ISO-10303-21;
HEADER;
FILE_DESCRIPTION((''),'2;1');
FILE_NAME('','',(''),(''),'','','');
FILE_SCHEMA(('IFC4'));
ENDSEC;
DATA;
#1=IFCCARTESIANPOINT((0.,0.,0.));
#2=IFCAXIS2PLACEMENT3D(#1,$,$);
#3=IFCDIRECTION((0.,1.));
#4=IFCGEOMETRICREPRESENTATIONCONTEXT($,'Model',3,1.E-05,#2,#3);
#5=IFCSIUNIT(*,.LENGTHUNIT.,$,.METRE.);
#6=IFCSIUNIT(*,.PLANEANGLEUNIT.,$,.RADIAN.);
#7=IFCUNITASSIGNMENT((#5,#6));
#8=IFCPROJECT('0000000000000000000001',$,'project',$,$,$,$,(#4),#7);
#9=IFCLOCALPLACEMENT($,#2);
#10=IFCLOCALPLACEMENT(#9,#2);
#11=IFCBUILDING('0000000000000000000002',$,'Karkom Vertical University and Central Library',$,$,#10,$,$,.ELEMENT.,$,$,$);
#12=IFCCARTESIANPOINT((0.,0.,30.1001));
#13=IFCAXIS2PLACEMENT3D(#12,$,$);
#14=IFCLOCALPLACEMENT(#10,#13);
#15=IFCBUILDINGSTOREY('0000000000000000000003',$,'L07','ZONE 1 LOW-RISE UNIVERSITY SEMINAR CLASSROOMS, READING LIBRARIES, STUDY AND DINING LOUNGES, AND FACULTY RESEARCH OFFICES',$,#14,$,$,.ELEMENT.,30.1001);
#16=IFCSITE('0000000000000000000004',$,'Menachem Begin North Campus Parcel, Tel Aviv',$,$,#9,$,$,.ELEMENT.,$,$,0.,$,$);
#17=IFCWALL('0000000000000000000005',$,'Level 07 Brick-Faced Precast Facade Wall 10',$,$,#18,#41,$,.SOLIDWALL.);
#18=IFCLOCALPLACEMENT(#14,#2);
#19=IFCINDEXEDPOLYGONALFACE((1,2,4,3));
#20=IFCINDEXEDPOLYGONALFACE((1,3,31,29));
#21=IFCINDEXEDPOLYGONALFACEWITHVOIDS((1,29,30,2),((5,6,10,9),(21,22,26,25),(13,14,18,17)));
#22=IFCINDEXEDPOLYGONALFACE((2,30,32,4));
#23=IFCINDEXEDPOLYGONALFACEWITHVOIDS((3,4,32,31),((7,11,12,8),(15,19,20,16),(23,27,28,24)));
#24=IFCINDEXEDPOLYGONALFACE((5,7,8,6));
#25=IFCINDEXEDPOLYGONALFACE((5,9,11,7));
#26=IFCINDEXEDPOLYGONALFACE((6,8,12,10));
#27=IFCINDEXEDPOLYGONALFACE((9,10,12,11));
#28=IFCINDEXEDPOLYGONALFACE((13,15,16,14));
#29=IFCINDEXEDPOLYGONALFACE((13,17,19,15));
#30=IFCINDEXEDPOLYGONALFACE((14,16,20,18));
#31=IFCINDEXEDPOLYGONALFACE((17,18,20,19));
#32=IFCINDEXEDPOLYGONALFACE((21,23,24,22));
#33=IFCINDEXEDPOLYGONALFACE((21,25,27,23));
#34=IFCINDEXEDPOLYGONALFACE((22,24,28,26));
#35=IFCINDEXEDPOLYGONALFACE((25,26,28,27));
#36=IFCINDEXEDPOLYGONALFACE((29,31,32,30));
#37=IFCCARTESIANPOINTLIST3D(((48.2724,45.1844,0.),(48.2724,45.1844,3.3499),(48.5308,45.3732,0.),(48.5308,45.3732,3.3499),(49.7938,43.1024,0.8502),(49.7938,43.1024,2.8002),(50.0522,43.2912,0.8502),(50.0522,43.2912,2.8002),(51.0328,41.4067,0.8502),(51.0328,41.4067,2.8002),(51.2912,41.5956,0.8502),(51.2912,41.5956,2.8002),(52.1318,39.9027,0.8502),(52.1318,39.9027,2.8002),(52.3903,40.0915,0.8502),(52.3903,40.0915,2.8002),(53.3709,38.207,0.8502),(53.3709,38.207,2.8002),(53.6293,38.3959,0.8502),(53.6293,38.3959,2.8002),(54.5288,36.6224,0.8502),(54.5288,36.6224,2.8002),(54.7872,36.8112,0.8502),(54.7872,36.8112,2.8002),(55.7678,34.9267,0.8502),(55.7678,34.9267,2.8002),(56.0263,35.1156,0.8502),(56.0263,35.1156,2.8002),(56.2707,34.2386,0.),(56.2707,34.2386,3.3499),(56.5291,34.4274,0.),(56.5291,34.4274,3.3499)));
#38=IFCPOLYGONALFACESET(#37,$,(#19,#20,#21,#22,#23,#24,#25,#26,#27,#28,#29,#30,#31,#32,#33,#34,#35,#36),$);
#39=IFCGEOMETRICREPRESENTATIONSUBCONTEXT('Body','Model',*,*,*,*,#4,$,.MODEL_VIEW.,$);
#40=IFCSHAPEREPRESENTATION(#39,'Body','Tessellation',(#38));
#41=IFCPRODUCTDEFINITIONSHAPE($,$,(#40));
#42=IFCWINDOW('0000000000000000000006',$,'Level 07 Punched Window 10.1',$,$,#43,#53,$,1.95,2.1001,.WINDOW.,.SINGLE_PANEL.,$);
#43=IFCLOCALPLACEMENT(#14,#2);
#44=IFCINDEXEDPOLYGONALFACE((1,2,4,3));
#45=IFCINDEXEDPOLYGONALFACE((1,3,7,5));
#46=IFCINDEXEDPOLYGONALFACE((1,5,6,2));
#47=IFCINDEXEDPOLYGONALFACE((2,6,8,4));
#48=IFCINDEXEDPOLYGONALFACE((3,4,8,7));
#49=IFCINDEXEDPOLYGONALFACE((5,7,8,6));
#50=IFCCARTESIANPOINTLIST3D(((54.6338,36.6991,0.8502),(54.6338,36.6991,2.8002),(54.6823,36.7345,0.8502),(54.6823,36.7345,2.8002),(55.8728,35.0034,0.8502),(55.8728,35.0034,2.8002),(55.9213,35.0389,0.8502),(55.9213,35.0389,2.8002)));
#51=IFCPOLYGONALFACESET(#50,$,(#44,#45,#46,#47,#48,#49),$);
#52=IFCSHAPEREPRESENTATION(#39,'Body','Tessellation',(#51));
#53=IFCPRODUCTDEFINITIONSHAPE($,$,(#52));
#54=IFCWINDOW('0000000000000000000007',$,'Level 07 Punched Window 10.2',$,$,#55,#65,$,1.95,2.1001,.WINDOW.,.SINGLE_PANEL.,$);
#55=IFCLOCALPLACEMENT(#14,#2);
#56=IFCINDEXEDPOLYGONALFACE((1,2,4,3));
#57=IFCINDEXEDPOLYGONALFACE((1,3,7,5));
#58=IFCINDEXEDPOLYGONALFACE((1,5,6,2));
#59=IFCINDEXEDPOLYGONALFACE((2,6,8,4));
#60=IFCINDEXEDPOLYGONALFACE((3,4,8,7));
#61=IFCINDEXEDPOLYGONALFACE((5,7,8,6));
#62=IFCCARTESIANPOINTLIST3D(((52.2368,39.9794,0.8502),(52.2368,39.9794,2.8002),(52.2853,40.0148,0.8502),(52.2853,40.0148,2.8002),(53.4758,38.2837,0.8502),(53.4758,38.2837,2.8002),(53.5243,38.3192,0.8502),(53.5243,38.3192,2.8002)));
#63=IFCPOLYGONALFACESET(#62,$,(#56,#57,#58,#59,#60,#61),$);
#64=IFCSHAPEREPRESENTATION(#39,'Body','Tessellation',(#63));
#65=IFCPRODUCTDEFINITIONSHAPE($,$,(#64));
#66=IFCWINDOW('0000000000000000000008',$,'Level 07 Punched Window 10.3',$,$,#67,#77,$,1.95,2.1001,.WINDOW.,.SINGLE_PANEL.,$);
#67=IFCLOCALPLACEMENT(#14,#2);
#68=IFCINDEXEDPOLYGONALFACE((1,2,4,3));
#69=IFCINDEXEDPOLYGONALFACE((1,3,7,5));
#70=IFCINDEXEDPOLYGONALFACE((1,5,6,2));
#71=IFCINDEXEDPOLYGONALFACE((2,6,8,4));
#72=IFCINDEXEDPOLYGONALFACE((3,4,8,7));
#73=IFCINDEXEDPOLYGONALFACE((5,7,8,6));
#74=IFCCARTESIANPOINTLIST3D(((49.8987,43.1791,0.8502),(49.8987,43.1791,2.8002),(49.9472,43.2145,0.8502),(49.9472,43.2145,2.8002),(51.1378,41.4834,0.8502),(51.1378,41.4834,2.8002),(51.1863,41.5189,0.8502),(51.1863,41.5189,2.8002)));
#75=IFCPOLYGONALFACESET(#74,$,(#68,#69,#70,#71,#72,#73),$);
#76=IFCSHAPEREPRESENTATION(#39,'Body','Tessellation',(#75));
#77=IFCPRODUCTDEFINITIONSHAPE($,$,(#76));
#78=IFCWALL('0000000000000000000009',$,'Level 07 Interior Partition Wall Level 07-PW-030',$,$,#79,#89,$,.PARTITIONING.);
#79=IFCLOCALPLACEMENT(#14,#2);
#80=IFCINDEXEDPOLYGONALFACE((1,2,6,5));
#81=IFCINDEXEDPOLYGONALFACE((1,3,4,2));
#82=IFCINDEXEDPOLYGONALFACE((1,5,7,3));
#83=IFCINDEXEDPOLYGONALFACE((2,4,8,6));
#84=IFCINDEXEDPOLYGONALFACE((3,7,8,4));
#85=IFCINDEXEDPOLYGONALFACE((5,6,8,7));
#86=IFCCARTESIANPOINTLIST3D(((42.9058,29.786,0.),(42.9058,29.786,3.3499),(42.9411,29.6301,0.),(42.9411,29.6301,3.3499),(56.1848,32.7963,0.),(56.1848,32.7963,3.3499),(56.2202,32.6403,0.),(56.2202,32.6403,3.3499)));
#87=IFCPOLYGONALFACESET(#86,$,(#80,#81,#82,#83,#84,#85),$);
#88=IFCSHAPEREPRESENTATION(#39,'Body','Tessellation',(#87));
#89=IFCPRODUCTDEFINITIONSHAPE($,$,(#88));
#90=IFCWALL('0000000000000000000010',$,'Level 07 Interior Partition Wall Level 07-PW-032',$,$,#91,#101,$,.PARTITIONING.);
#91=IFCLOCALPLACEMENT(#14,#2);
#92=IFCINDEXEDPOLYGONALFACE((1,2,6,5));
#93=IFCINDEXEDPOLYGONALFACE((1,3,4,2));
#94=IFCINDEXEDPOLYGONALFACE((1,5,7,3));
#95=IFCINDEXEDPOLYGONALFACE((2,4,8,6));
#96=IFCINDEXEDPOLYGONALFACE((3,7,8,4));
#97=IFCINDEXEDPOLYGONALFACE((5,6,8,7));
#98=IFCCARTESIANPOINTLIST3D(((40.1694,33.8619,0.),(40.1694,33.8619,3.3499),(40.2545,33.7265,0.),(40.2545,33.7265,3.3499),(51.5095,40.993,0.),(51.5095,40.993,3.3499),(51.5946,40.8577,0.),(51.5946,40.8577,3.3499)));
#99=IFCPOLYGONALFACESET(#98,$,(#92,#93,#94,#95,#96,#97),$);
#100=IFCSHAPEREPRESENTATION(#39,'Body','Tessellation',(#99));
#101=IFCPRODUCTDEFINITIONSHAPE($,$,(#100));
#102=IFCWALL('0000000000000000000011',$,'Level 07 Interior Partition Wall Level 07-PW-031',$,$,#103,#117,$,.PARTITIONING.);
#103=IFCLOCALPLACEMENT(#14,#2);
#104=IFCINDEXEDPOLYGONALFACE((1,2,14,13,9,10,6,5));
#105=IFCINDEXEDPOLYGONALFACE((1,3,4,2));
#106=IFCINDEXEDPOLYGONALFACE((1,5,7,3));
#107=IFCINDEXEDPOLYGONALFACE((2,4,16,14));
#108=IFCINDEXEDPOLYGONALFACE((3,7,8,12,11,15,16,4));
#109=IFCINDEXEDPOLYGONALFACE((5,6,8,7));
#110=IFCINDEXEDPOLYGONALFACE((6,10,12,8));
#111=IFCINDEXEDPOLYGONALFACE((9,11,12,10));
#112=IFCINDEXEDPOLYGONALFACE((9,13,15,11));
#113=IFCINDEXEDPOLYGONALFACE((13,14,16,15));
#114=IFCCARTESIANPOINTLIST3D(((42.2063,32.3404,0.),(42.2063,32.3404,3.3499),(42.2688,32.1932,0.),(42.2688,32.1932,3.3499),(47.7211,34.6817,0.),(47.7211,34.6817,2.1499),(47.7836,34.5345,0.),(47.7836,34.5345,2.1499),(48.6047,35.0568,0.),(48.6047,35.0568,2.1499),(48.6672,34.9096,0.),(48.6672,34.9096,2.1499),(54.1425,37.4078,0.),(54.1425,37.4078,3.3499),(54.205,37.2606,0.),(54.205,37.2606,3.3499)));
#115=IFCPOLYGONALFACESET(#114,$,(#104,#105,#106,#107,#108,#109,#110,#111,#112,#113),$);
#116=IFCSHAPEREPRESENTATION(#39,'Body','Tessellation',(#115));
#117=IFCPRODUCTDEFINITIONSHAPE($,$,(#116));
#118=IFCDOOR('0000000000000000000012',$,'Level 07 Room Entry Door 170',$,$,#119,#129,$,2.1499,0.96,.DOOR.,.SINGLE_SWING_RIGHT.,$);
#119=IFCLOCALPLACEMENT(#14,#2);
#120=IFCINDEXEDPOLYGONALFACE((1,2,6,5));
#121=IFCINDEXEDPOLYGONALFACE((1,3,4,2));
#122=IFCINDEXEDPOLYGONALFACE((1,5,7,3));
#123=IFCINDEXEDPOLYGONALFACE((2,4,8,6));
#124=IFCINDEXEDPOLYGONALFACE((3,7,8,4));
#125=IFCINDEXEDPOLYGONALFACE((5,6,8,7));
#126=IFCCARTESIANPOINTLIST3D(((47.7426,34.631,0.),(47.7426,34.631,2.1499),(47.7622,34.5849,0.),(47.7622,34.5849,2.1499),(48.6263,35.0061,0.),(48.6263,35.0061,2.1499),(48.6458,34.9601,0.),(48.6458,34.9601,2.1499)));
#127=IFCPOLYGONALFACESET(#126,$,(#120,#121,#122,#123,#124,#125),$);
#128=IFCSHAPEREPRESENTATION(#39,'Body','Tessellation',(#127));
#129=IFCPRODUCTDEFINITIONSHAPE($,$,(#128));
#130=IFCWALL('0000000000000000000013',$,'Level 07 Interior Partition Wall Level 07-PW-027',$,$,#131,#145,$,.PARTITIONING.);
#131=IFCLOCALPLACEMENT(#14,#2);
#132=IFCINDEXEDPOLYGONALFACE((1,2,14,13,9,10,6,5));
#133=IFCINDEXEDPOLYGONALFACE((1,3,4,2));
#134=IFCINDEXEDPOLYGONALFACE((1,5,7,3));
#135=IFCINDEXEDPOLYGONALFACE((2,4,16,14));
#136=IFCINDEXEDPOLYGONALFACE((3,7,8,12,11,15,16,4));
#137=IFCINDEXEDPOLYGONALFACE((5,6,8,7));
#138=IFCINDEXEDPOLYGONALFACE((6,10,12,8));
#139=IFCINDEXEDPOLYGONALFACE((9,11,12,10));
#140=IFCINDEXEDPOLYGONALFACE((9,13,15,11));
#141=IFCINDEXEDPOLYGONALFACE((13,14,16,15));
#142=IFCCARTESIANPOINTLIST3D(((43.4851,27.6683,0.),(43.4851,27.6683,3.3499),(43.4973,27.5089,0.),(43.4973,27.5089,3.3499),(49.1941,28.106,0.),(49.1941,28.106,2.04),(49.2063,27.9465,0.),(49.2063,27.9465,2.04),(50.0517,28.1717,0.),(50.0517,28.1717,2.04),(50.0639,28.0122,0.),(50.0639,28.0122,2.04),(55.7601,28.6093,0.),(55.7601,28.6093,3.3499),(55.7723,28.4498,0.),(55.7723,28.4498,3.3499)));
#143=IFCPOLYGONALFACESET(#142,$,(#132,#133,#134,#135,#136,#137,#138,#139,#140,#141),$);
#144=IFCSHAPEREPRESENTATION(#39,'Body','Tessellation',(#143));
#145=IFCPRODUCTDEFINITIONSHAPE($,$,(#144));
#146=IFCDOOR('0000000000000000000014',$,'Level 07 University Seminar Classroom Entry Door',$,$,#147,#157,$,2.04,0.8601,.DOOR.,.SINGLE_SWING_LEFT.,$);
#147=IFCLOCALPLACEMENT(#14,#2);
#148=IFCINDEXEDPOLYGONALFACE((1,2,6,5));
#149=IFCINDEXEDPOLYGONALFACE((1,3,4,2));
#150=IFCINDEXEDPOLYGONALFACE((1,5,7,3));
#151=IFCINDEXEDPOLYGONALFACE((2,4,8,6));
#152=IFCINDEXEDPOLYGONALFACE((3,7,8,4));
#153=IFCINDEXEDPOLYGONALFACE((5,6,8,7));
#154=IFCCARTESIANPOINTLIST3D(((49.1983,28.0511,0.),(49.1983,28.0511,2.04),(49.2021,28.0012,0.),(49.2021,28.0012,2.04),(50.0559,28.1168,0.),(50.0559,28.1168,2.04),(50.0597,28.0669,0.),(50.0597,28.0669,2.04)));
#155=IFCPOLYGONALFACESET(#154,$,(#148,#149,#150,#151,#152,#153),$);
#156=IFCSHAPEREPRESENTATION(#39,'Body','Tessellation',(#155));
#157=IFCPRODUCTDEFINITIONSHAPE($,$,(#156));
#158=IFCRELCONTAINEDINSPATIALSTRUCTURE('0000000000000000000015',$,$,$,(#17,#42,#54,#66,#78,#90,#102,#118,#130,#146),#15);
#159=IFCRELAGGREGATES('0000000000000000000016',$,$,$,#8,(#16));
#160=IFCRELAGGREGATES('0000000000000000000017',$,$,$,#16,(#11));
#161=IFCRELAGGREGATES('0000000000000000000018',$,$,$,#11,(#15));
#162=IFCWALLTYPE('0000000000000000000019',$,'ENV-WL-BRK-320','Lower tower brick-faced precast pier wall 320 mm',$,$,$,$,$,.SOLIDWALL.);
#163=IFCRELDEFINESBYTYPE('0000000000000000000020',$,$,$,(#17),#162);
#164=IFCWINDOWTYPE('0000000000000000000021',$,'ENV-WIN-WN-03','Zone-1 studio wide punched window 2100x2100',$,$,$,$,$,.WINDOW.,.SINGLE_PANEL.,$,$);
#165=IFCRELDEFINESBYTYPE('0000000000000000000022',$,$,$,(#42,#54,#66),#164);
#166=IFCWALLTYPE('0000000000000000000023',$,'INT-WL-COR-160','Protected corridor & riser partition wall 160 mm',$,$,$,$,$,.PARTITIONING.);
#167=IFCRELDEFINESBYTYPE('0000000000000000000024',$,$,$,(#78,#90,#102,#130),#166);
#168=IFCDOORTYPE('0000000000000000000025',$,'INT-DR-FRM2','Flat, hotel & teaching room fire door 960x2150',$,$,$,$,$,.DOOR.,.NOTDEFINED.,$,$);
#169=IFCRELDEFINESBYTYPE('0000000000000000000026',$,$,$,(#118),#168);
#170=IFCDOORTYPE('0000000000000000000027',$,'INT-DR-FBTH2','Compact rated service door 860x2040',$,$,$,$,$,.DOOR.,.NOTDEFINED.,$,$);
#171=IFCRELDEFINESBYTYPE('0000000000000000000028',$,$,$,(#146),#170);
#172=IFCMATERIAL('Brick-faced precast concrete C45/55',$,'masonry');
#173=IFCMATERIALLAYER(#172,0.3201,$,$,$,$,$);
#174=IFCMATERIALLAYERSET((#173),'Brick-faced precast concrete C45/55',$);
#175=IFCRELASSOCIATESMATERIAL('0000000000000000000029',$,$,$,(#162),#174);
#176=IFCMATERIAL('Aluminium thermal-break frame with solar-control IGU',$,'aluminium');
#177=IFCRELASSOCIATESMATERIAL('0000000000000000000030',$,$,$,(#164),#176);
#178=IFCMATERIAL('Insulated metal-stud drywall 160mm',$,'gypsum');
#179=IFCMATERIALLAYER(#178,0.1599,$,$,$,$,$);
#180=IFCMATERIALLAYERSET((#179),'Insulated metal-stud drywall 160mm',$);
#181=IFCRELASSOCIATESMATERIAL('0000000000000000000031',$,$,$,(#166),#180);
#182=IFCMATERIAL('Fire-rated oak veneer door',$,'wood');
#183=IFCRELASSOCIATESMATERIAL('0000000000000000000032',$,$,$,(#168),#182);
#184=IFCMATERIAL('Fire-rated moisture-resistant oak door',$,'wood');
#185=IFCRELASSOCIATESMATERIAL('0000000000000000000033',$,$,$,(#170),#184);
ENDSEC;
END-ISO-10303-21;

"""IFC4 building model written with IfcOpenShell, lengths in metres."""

from ifc_helpers import new_model, si_unit, direction, frame, frame_2d, origin, origin_with_axes, place, context, subcontext, project, spatial, rectangle, extrude, source, transform, mapped, material, layer, layer_set, type_object, element, fill, save


model = new_model("IFC4")

# Units and contexts
model_context = context("Model", 3, precision=1e-05, world=origin(), true_north=direction((0.0, 1.0)))
body_context = subcontext(model_context, "Body", "Model", "MODEL_VIEW")
ifc_project = project(units=[si_unit("LENGTHUNIT", "METRE"), si_unit("PLANEANGLEUNIT", "RADIAN")], contexts=[model_context])

# Site, building, storey
site_placement = place(None, origin())
site = spatial("IfcSite", under=ifc_project, at=site_placement, Name="Menachem Begin North Campus Parcel, Tel Aviv", CompositionType="ELEMENT", RefElevation=0.0)
building_placement = place(site_placement, origin())
building = spatial("IfcBuilding", under=site, at=building_placement, Name="Karkom Vertical University and Central Library", CompositionType="ELEMENT")
storey_placement = place(building_placement, frame((0.0, 0.0, 30.1001)))
storey = spatial("IfcBuildingStorey", under=building, at=storey_placement, Name="L07", Description="ZONE 1 LOW-RISE UNIVERSITY SEMINAR CLASSROOMS, READING LIBRARIES, STUDY AND DINING LOUNGES, AND FACULTY RESEARCH OFFICES", CompositionType="ELEMENT", Elevation=30.1001)

# Wall, openings, windows
ifc_material_1 = material(Name="Brick-faced precast concrete C45/55", Category="masonry")
ifc_layer_1 = layer(ifc_material_1, 0.3201)
ifc_layer_set_1 = layer_set([ifc_layer_1], Name="Brick-faced precast concrete C45/55")
wall_type_1 = type_object("IfcWallType", Name="ENV-WL-BRK-320", Description="Lower tower brick-faced precast pier wall 320 mm", PredefinedType="SOLIDWALL", material=ifc_layer_set_1)
wall_1_placement = place(storey_placement, frame((56.3999, 34.333, 0.0), z_axis=(0.0, 0.0, 1.0), x_axis=(-0.589989, 0.807411, 0.0)))
wall_1 = element("IfcWall", 1, at=wall_1_placement, inside=storey, type_object=wall_type_1, Name="Level 07 Brick-Faced Precast Facade Wall 10", PredefinedType="SOLIDWALL", context=body_context, shape_type="SweptSolid", body=[
    extrude(rectangle(XDim=13.5566, YDim=0.3201, at=frame_2d((6.7783, 0.0))), origin(), (0.0, 0.0, 1.0), 3.3499),
])
opening_1_placement = place(wall_1_placement, frame((0.8523, 0.0, 0.8501)))
opening_1 = element("IfcOpeningElement", 2, at=opening_1_placement, cuts=wall_1, PredefinedType="OPENING", context=body_context, shape_type="SweptSolid", body=[
    extrude(rectangle(XDim=2.1001, YDim=1.95, at=frame_2d((1.05, 0.9751))), frame((0.0, 0.1699, 0.0), z_axis=(0.0, -1.0, 0.0), x_axis=(1.0, 0.0, 0.0)), (0.0, 0.0, 1.0), 0.3401),
])
opening_2_placement = place(wall_1_placement, frame((4.915, 0.0, 0.8501)))
opening_2 = element("IfcOpeningElement", 3, at=opening_2_placement, cuts=wall_1, PredefinedType="OPENING", context=body_context, shape_type="SweptSolid", body=[
    extrude(rectangle(XDim=2.1001, YDim=1.95, at=frame_2d((1.05, 0.9751))), frame((0.0, 0.1699, 0.0), z_axis=(0.0, -1.0, 0.0), x_axis=(1.0, 0.0, 0.0)), (0.0, 0.0, 1.0), 0.3401),
])
opening_3_placement = place(wall_1_placement, frame((8.8779, 0.0, 0.8501)))
opening_3 = element("IfcOpeningElement", 4, at=opening_3_placement, cuts=wall_1, PredefinedType="OPENING", context=body_context, shape_type="SweptSolid", body=[
    extrude(rectangle(XDim=2.1001, YDim=1.95, at=frame_2d((1.05, 0.9751))), frame((0.0, 0.1699, 0.0), z_axis=(0.0, -1.0, 0.0), x_axis=(1.0, 0.0, 0.0)), (0.0, 0.0, 1.0), 0.3401),
])
ifc_material_2 = material(Name="Aluminium thermal-break frame with solar-control IGU", Category="aluminium")
window_type = type_object("IfcWindowType", Name="ENV-WIN-WN-03", Description="Zone-1 studio wide punched window 2100x2100", PartitioningType="SINGLE_PANEL", PredefinedType="WINDOW", material=ifc_material_2)
shared_shape_1 = source(origin_with_axes(), body_context, "Body", "SweptSolid", [
    extrude(rectangle(XDim=2.1001, YDim=1.95, at=frame_2d((1.05, 0.9751))), frame((0.0, 0.03, 0.0), z_axis=(0.0, -1.0, 0.0), x_axis=(1.0, 0.0, 0.0)), (0.0, 0.0, 1.0), 0.0601),
])
window_1_placement = place(opening_1_placement, origin())
window_1 = element("IfcWindow", 5, at=window_1_placement, inside=storey, type_object=window_type, Name="Level 07 Punched Window 10.1", OverallHeight=1.95, OverallWidth=2.1001, PartitioningType="SINGLE_PANEL", PredefinedType="WINDOW", context=body_context, shape_type="MappedRepresentation", body=[
    mapped(shared_shape_1, transform((0.0, 0.0, 0.0), scale=1.0)),
])
fill(opening_1, window_1)
window_2_placement = place(opening_2_placement, origin())
window_2 = element("IfcWindow", 6, at=window_2_placement, inside=storey, type_object=window_type, Name="Level 07 Punched Window 10.2", OverallHeight=1.95, OverallWidth=2.1001, PartitioningType="SINGLE_PANEL", PredefinedType="WINDOW", context=body_context, shape_type="MappedRepresentation", body=[
    mapped(shared_shape_1, transform((0.0, 0.0, 0.0), scale=1.0)),
])
fill(opening_2, window_2)
window_3_placement = place(opening_3_placement, origin())
window_3 = element("IfcWindow", 7, at=window_3_placement, inside=storey, type_object=window_type, Name="Level 07 Punched Window 10.3", OverallHeight=1.95, OverallWidth=2.1001, PartitioningType="SINGLE_PANEL", PredefinedType="WINDOW", context=body_context, shape_type="MappedRepresentation", body=[
    mapped(shared_shape_1, transform((0.0, 0.0, 0.0), scale=1.0)),
])
fill(opening_3, window_3)

# Walls
ifc_material_3 = material(Name="Insulated metal-stud drywall 160mm", Category="gypsum")
ifc_layer_2 = layer(ifc_material_3, 0.1599)
ifc_layer_set_2 = layer_set([ifc_layer_2], Name="Insulated metal-stud drywall 160mm")
wall_type_2 = type_object("IfcWallType", Name="INT-WL-COR-160", Description="Protected corridor & riser partition wall 160 mm", PredefinedType="PARTITIONING", material=ifc_layer_set_2)
wall_2_placement = place(storey_placement, frame((42.9233, 29.708, 0.0), z_axis=(0.0, 0.0, 1.0), x_axis=(0.975255, 0.221082, 0.0)))
element("IfcWall", 8, at=wall_2_placement, inside=storey, type_object=wall_type_2, Name="Level 07 Interior Partition Wall Level 07-PW-030", PredefinedType="PARTITIONING", context=body_context, shape_type="SweptSolid", body=[
    extrude(rectangle(XDim=13.616, YDim=0.1599, at=frame_2d((6.8081, 0.0))), origin(), (0.0, 0.0, 1.0), 3.3499),
])
wall_3_placement = place(storey_placement, frame((40.2119, 33.7942, 0.0), z_axis=(0.0, 0.0, 1.0), x_axis=(0.846534, 0.532335, 0.0)))
element("IfcWall", 9, at=wall_3_placement, inside=storey, type_object=wall_type_2, Name="Level 07 Interior Partition Wall Level 07-PW-032", PredefinedType="PARTITIONING", context=body_context, shape_type="SweptSolid", body=[
    extrude(rectangle(XDim=13.396, YDim=0.1599, at=frame_2d((6.698, 0.0))), origin(), (0.0, 0.0, 1.0), 3.3499),
])

# Walls, openings, doors
wall_4_placement = place(storey_placement, frame((42.2375, 32.2668, 0.0), z_axis=(0.0, 0.0, 1.0), x_axis=(0.920485, 0.390779, 0.0)))
wall_4 = element("IfcWall", 10, at=wall_4_placement, inside=storey, type_object=wall_type_2, Name="Level 07 Interior Partition Wall Level 07-PW-031", PredefinedType="PARTITIONING", context=body_context, shape_type="SweptSolid", body=[
    extrude(rectangle(XDim=12.9673, YDim=0.1599, at=frame_2d((6.4836, 0.0))), origin(), (0.0, 0.0, 1.0), 3.3499),
])
opening_4_placement = place(wall_4_placement, frame((5.9912, 0.0, 0.0)))
opening_4 = element("IfcOpeningElement", 11, at=opening_4_placement, cuts=wall_4, PredefinedType="OPENING", context=body_context, shape_type="SweptSolid", body=[
    extrude(rectangle(XDim=0.96, YDim=2.1499, at=frame_2d((0.48, 1.075))), frame((0.0, 0.0898, 0.0), z_axis=(0.0, -1.0, 0.0), x_axis=(1.0, 0.0, 0.0)), (0.0, 0.0, 1.0), 0.1799),
])
ifc_material_4 = material(Name="Fire-rated oak veneer door", Category="wood")
door_type_1 = type_object("IfcDoorType", Name="INT-DR-FRM2", Description="Flat, hotel & teaching room fire door 960x2150", OperationType="NOTDEFINED", PredefinedType="DOOR", material=ifc_material_4)
shared_shape_2 = source(origin_with_axes(), body_context, "Body", "SweptSolid", [
    extrude(rectangle(XDim=0.96, YDim=2.1499, at=frame_2d((0.48, 1.075))), frame((0.0, 0.0249, 0.0), z_axis=(0.0, -1.0, 0.0), x_axis=(1.0, 0.0, 0.0)), (0.0, 0.0, 1.0), 0.05),
])
door_1_placement = place(opening_4_placement, origin())
door_1 = element("IfcDoor", 12, at=door_1_placement, inside=storey, type_object=door_type_1, Name="Level 07 Room Entry Door 170", OperationType="SINGLE_SWING_RIGHT", OverallHeight=2.1499, OverallWidth=0.96, PredefinedType="DOOR", context=body_context, shape_type="MappedRepresentation", body=[
    mapped(shared_shape_2, transform((0.0, 0.0, 0.0), scale=1.0)),
])
fill(opening_4, door_1)
wall_5_placement = place(storey_placement, frame((43.4912, 27.5886, 0.0), z_axis=(0.0, 0.0, 1.0), x_axis=(0.997075, 0.076428, 0.0)))
wall_5 = element("IfcWall", 13, at=wall_5_placement, inside=storey, type_object=wall_type_2, Name="Level 07 Interior Partition Wall Level 07-PW-027", PredefinedType="PARTITIONING", context=body_context, shape_type="SweptSolid", body=[
    extrude(rectangle(XDim=12.311, YDim=0.1599, at=frame_2d((6.1555, 0.0))), origin(), (0.0, 0.0, 1.0), 3.3499),
])
opening_5_placement = place(wall_5_placement, frame((5.7256, 0.0, 0.0)))
opening_5 = element("IfcOpeningElement", 14, at=opening_5_placement, cuts=wall_5, PredefinedType="OPENING", context=body_context, shape_type="SweptSolid", body=[
    extrude(rectangle(XDim=0.8601, YDim=2.04, at=frame_2d((0.4302, 1.02))), frame((0.0, 0.0898, 0.0), z_axis=(0.0, -1.0, 0.0), x_axis=(1.0, 0.0, 0.0)), (0.0, 0.0, 1.0), 0.1799),
])
ifc_material_5 = material(Name="Fire-rated moisture-resistant oak door", Category="wood")
door_type_2 = type_object("IfcDoorType", Name="INT-DR-FBTH2", Description="Compact rated service door 860x2040", OperationType="NOTDEFINED", PredefinedType="DOOR", material=ifc_material_5)
shared_shape_3 = source(origin_with_axes(), body_context, "Body", "SweptSolid", [
    extrude(rectangle(XDim=0.8601, YDim=2.04, at=frame_2d((0.4302, 1.02))), frame((0.0, 0.0249, 0.0), z_axis=(0.0, -1.0, 0.0), x_axis=(1.0, 0.0, 0.0)), (0.0, 0.0, 1.0), 0.05),
])
door_2_placement = place(opening_5_placement, origin())
door_2 = element("IfcDoor", 15, at=door_2_placement, inside=storey, type_object=door_type_2, Name="Level 07 University Seminar Classroom Entry Door", OperationType="SINGLE_SWING_LEFT", OverallHeight=2.04, OverallWidth=0.8601, PredefinedType="DOOR", context=body_context, shape_type="MappedRepresentation", body=[
    mapped(shared_shape_3, transform((0.0, 0.0, 0.0), scale=1.0)),
])
fill(opening_5, door_2)

save(model, "model.ifc")
